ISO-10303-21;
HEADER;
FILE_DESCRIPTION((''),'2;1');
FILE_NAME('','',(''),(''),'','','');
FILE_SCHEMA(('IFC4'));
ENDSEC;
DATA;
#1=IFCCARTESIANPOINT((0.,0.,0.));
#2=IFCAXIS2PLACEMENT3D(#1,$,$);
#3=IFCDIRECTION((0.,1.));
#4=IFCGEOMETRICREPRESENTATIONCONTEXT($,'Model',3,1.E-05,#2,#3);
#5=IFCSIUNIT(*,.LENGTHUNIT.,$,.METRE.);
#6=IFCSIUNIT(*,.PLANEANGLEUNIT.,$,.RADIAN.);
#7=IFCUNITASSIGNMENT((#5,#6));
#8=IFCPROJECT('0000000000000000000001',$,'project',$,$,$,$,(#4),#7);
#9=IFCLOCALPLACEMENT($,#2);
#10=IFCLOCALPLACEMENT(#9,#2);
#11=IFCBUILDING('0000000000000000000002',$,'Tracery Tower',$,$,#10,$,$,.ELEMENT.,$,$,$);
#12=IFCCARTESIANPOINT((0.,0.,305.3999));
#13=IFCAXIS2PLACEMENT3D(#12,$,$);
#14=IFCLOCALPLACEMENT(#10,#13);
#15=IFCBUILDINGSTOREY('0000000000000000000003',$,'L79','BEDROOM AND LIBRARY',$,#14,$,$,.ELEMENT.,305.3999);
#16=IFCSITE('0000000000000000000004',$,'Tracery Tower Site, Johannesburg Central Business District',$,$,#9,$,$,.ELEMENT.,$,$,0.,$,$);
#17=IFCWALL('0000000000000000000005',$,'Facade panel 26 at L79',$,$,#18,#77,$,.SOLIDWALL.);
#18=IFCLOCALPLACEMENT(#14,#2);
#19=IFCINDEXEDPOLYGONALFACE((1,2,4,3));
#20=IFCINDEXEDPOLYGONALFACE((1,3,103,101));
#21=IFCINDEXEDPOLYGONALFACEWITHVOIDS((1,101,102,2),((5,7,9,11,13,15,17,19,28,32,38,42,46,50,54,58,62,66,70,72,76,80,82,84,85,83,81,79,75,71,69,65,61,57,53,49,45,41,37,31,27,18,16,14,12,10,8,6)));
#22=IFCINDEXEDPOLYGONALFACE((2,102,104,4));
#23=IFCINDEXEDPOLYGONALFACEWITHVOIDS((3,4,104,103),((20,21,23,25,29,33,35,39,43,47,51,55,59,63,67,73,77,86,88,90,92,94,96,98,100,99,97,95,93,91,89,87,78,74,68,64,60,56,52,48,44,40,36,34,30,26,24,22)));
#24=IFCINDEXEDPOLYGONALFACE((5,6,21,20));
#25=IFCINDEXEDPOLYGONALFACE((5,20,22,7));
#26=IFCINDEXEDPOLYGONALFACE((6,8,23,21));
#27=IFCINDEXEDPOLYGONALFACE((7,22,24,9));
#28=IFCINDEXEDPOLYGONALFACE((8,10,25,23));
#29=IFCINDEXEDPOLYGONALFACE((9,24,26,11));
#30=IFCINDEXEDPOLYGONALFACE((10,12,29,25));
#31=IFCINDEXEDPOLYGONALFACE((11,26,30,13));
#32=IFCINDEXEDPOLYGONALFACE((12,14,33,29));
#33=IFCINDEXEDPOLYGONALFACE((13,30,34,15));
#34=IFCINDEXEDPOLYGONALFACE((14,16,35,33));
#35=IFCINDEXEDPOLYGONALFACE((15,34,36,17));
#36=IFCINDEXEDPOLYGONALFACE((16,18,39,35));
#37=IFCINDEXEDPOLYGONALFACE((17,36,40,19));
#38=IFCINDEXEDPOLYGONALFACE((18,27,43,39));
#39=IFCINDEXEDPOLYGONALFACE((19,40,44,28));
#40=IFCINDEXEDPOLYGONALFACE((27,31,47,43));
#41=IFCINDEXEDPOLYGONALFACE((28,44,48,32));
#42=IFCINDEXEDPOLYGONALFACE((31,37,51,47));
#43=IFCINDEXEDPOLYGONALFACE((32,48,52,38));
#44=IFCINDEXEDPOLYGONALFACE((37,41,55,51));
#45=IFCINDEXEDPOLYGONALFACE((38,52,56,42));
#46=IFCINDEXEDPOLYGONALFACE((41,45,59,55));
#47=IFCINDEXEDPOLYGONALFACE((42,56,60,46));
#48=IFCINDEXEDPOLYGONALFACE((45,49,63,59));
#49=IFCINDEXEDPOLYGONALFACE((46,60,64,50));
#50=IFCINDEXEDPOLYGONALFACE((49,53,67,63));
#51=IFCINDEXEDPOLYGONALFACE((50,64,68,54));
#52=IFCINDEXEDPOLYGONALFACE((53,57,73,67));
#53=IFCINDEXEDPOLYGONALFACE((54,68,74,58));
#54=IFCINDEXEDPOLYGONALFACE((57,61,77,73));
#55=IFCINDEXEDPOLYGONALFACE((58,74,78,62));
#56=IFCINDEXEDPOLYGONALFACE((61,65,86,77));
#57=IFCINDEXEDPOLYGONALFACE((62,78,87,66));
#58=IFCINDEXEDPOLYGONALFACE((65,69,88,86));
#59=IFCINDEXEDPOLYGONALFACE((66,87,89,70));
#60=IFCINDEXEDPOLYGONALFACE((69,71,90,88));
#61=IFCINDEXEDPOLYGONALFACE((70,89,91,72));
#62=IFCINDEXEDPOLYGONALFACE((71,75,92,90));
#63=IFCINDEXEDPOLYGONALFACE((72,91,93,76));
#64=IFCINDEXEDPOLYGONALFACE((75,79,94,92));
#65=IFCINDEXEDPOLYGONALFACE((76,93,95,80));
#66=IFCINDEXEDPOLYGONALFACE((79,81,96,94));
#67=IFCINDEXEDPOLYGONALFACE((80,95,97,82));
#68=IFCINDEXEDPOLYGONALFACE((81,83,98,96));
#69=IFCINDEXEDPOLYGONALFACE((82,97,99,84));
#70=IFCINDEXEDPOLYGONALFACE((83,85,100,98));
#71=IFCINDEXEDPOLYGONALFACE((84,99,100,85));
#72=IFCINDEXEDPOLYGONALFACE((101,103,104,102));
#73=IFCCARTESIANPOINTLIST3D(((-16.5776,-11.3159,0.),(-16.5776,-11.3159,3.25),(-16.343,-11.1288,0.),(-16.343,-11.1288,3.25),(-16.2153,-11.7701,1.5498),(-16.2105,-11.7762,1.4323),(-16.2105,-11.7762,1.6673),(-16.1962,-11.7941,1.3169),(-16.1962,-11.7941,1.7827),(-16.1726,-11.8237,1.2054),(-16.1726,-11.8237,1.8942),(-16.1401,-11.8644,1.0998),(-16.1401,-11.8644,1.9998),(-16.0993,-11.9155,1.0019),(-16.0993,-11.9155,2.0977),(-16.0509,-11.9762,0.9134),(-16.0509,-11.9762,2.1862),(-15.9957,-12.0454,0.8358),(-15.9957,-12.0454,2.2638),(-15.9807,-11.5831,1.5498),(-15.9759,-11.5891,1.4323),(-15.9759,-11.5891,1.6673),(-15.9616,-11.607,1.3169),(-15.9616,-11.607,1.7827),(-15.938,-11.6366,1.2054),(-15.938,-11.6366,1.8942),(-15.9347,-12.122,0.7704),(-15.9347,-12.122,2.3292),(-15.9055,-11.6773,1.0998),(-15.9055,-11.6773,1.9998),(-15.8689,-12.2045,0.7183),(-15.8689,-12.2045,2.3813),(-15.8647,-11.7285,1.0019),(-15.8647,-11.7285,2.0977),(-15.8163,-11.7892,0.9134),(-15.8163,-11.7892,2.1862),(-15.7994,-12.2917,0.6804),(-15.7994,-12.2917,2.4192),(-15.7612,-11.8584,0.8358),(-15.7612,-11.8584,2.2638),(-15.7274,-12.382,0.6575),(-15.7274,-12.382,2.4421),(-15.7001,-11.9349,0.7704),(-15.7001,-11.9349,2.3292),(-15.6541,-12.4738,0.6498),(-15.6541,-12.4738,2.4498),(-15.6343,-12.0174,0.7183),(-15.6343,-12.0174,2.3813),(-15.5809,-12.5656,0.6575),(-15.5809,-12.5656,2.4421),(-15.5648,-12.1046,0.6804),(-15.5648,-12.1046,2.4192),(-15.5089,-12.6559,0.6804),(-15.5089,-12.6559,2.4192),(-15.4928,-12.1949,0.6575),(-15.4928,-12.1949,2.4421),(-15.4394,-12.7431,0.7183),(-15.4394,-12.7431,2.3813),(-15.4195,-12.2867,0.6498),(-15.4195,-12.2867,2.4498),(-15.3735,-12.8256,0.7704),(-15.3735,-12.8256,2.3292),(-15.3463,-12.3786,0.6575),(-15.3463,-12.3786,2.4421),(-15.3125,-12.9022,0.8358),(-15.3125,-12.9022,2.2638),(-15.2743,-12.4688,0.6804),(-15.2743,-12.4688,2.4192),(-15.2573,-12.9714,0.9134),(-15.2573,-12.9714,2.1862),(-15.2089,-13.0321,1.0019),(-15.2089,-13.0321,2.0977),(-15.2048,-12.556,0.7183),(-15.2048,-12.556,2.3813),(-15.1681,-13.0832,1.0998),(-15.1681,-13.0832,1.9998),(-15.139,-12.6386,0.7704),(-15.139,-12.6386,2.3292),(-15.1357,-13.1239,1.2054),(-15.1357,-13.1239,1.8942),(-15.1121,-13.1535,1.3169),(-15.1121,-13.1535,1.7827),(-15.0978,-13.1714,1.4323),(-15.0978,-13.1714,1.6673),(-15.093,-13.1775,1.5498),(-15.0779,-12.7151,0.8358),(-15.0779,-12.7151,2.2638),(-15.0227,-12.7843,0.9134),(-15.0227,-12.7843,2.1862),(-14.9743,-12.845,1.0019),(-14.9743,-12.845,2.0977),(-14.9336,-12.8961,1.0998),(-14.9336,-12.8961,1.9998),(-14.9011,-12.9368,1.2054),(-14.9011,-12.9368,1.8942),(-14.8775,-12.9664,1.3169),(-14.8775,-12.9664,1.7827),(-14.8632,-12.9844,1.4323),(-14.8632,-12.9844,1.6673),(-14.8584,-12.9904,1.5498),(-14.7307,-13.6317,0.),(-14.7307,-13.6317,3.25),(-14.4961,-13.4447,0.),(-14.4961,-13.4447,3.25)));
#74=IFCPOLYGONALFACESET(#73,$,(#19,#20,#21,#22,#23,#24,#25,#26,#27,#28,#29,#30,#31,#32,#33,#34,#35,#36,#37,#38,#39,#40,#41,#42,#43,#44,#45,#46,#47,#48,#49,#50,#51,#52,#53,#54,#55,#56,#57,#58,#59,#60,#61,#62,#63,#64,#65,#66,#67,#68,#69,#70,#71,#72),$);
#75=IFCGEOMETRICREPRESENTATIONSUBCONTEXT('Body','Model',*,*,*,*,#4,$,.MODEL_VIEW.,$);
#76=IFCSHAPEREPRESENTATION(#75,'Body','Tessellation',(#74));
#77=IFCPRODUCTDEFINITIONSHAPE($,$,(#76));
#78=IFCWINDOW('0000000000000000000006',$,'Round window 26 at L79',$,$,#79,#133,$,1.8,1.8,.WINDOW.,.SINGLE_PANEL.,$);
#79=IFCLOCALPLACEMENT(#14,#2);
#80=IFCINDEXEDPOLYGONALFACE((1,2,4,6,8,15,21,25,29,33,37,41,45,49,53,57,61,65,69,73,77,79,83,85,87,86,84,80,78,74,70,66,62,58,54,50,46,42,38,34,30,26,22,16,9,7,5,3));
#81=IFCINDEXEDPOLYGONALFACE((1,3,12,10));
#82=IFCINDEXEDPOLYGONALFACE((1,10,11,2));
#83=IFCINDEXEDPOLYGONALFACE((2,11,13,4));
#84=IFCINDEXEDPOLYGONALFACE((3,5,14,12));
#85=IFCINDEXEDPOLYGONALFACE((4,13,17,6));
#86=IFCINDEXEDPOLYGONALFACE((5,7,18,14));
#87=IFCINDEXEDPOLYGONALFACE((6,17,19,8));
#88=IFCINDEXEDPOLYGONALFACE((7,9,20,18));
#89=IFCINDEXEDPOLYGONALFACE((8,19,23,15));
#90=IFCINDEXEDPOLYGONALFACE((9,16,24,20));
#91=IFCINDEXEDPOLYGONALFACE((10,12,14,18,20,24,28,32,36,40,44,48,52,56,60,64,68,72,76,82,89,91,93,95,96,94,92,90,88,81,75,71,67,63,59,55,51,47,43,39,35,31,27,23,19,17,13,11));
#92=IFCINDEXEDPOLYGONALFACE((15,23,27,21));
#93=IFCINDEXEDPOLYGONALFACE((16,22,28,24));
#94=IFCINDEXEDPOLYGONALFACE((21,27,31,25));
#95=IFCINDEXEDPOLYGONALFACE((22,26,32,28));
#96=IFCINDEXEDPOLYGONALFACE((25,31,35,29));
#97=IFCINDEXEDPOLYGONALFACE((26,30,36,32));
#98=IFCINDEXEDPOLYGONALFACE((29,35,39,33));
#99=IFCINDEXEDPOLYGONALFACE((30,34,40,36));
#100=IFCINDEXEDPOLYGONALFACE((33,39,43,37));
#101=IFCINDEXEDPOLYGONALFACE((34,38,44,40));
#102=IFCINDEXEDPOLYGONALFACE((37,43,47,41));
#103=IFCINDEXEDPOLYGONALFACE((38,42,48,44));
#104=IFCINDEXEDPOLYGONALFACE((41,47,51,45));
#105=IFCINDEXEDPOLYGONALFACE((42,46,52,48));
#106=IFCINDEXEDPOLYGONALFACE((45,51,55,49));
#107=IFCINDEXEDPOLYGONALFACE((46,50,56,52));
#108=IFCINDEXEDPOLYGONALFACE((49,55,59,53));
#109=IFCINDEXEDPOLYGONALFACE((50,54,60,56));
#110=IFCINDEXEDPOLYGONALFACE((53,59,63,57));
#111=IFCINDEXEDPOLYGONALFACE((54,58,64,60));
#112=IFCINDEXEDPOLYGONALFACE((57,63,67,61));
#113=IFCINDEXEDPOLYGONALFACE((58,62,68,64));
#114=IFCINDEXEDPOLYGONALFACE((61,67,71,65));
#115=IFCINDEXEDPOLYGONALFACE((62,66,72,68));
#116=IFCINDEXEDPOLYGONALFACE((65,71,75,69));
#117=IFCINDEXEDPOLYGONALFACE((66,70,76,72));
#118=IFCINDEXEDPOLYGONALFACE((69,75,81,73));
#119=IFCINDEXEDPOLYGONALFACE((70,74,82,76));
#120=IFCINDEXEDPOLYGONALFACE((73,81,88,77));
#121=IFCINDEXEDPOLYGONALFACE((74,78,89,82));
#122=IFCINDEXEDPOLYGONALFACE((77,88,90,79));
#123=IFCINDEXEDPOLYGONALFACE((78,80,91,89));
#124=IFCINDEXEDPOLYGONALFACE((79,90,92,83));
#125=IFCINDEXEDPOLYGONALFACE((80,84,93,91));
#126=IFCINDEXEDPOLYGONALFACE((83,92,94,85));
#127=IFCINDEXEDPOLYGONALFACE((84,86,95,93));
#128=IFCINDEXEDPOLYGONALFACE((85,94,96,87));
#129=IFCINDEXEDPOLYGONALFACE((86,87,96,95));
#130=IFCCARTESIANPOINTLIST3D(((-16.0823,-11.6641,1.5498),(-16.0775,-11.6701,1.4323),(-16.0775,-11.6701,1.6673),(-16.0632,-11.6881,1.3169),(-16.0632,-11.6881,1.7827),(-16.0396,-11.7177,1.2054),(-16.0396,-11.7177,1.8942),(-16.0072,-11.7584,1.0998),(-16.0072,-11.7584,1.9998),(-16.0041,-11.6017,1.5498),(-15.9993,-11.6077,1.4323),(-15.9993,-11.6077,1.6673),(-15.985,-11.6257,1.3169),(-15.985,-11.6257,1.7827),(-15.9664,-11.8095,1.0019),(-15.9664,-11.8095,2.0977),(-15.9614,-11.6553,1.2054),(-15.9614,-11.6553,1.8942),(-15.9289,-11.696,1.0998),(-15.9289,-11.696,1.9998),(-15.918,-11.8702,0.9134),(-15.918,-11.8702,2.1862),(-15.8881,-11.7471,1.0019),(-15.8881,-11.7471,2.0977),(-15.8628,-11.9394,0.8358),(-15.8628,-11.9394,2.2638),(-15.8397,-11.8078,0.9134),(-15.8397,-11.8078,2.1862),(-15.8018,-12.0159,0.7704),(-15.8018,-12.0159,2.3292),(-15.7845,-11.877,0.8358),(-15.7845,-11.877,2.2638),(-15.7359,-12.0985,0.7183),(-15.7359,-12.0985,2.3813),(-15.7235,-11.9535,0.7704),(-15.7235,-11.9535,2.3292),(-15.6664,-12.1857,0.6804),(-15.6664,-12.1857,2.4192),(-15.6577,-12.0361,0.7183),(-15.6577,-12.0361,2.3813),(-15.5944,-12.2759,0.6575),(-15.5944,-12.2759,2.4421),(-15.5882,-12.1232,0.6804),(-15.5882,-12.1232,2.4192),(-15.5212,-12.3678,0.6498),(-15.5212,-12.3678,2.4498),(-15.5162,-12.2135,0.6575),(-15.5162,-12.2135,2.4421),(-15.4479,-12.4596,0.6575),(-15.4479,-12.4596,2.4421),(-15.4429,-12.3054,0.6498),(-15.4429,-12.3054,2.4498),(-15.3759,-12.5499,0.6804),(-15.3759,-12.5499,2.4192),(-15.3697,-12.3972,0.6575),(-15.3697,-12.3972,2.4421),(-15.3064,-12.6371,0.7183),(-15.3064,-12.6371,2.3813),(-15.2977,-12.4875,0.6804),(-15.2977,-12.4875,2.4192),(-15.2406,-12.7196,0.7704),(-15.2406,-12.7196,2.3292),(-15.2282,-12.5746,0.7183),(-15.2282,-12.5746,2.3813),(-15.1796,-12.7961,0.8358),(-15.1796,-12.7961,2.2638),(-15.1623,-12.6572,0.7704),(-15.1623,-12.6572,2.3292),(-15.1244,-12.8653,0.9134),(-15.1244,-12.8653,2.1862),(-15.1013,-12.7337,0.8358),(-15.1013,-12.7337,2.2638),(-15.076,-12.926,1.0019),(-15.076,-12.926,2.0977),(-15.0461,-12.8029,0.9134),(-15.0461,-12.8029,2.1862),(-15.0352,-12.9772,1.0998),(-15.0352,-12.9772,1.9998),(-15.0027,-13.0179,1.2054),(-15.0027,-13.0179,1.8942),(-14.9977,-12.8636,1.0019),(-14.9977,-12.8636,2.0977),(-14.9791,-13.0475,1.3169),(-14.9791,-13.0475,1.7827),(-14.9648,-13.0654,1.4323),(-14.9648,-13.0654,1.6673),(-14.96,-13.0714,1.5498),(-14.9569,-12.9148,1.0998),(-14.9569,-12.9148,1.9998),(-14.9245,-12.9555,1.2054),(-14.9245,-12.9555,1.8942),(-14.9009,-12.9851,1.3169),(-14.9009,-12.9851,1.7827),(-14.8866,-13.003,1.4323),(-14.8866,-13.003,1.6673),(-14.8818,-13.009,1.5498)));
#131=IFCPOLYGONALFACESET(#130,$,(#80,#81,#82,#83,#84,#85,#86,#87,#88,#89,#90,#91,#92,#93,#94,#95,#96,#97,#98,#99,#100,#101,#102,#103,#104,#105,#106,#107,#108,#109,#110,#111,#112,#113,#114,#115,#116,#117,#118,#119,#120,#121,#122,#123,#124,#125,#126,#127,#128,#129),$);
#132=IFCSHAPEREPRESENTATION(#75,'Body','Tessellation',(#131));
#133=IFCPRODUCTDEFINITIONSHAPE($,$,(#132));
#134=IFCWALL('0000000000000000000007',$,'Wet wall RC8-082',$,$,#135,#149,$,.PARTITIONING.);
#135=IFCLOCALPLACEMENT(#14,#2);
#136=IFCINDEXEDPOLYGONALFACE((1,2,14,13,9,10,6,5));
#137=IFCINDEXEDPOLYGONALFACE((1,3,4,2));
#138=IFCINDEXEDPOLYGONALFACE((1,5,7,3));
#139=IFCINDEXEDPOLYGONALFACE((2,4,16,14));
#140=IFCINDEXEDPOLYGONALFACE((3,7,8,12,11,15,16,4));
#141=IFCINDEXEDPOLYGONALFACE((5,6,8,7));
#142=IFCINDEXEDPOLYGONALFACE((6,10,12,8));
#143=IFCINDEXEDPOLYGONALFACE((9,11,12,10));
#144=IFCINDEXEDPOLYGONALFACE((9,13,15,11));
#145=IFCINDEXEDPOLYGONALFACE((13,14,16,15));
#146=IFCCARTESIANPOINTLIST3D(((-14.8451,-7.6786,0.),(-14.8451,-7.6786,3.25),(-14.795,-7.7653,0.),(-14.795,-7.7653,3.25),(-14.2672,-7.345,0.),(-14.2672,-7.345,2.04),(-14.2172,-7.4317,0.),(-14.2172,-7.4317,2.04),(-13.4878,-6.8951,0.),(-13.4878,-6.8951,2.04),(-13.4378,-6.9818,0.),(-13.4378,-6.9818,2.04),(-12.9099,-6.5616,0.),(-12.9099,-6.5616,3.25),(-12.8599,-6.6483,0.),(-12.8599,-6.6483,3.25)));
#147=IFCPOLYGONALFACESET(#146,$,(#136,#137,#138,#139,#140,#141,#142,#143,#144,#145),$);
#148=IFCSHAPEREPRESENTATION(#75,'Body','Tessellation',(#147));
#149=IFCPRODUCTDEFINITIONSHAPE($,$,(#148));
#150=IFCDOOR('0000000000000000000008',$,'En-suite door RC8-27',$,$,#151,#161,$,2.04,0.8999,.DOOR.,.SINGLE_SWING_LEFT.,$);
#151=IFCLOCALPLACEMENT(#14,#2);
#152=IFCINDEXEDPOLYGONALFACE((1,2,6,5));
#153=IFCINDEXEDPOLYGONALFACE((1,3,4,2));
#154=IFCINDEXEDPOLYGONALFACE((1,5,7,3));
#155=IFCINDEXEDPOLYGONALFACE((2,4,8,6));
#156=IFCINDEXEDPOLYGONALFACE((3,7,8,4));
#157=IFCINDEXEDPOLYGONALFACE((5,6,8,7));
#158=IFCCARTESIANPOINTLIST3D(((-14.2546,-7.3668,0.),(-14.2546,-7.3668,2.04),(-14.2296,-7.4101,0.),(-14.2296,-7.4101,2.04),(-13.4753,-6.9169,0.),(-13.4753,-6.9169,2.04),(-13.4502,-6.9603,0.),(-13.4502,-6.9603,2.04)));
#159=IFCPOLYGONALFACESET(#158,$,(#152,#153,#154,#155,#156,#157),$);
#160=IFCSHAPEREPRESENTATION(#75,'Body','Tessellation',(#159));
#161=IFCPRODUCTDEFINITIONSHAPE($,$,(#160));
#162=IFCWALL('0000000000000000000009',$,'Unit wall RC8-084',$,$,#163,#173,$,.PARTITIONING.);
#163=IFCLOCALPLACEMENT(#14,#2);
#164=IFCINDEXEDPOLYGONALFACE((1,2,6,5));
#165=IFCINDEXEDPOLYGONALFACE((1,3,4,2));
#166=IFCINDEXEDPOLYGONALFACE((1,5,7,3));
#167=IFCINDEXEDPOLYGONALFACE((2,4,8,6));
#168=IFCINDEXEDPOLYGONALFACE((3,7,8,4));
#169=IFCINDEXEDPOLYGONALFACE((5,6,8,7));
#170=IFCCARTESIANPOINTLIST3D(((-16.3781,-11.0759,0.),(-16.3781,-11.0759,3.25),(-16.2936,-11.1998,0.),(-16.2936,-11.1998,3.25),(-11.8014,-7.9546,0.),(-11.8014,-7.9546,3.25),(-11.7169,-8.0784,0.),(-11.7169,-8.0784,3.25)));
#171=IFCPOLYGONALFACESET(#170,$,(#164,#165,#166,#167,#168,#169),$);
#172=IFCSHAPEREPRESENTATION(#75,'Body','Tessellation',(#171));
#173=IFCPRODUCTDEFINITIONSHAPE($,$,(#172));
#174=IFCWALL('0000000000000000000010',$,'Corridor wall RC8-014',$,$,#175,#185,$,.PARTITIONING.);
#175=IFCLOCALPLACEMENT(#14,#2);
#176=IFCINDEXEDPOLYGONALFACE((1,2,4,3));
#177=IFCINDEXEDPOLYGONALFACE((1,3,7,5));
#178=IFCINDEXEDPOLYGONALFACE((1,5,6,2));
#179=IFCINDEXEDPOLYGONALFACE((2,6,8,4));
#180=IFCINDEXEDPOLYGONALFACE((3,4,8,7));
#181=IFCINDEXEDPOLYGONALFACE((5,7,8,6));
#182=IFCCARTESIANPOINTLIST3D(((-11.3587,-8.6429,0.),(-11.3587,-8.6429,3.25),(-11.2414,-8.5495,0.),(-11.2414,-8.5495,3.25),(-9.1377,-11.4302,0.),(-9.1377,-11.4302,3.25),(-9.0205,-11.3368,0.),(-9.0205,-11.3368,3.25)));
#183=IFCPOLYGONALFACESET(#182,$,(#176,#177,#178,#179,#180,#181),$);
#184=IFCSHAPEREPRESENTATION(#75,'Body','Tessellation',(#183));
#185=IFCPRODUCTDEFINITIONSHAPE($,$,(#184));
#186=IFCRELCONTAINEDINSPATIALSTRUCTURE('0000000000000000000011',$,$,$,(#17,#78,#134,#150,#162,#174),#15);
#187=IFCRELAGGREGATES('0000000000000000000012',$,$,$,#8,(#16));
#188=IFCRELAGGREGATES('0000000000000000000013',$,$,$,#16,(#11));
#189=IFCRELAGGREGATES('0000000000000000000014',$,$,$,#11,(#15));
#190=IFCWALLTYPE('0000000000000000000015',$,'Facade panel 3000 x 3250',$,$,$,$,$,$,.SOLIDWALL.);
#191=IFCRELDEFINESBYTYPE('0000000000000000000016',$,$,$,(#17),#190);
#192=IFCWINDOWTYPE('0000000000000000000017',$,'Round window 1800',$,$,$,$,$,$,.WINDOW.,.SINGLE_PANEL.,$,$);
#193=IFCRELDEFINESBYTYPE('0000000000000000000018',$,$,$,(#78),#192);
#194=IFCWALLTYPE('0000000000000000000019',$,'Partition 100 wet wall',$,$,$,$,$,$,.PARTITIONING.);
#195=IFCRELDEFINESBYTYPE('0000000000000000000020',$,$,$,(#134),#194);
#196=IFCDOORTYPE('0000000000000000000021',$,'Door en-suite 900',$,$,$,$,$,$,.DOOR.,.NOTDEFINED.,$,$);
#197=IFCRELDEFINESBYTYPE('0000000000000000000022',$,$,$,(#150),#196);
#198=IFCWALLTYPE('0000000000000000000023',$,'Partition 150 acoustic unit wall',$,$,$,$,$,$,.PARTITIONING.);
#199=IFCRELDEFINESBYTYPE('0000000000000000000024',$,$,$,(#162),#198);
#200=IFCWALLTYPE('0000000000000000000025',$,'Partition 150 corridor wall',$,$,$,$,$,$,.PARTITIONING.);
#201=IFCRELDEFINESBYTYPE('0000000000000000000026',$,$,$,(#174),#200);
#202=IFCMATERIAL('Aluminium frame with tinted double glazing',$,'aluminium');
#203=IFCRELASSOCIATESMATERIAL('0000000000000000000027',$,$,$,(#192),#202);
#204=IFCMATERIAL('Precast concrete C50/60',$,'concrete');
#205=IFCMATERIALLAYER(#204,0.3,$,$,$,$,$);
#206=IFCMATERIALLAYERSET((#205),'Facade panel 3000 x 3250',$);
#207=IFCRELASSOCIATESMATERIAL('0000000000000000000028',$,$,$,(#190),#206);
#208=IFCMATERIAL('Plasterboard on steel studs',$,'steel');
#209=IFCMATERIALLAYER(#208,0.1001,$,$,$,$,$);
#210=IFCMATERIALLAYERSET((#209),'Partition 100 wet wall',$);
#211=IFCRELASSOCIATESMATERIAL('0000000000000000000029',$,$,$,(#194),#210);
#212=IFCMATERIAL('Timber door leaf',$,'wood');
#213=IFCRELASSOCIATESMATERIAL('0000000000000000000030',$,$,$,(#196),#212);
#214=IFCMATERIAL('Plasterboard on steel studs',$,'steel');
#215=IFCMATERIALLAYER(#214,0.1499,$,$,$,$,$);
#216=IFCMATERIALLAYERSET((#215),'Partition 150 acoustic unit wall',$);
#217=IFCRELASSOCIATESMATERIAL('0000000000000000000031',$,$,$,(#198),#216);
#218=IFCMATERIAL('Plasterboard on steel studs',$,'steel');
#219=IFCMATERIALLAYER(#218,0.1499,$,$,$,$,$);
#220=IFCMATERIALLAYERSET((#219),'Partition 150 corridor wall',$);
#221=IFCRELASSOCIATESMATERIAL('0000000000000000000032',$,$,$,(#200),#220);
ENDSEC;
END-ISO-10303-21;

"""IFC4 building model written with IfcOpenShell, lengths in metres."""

from ifc_helpers import new_model, si_unit, direction, frame, frame_2d, origin, origin_2d, place, context, subcontext, project, spatial, rectangle, circle, extrude, material, layer, layer_set, type_object, element, fill, save


model = new_model("IFC4")

# Units and contexts
model_context = context("Model", 3, precision=1e-05, world=origin(), true_north=direction((0.0, 1.0)))
body_context = subcontext(model_context, "Body", "Model", "MODEL_VIEW")
ifc_project = project(units=[si_unit("LENGTHUNIT", "METRE"), si_unit("PLANEANGLEUNIT", "RADIAN")], contexts=[model_context])

# Site, building, storey
site_placement = place(None, origin())
site = spatial("IfcSite", under=ifc_project, at=site_placement, Name="Tracery Tower Site, Johannesburg Central Business District", CompositionType="ELEMENT", RefElevation=0.0)
building_placement = place(site_placement, origin())
building = spatial("IfcBuilding", under=site, at=building_placement, Name="Tracery Tower", CompositionType="ELEMENT")
storey_placement = place(building_placement, frame((0.0, 0.0, 305.3999)))
storey = spatial("IfcBuildingStorey", under=building, at=storey_placement, Name="L79", Description="BEDROOM AND LIBRARY", CompositionType="ELEMENT", Elevation=305.3999)

# Wall, opening, window
ifc_material_1 = material(Name="Aluminium frame with tinted double glazing", Category="aluminium")
window_type = type_object("IfcWindowType", Name="Round window 1800", PartitioningType="SINGLE_PANEL", PredefinedType="WINDOW", material=ifc_material_1)
ifc_material_2 = material(Name="Precast concrete C50/60", Category="concrete")
ifc_layer_1 = layer(ifc_material_2, 0.3)
ifc_layer_set_1 = layer_set([ifc_layer_1], Name="Facade panel 3000 x 3250")
wall_type_1 = type_object("IfcWallType", Name="Facade panel 3000 x 3250", PredefinedType="SOLIDWALL", material=ifc_layer_set_1)
wall_1_placement = place(storey_placement, frame((-16.4602, -11.2224, 0.0), z_axis=(0.0, 0.0, 1.0), x_axis=(0.623498, -0.781825, 0.0)))
wall_1 = element("IfcWall", 1, at=wall_1_placement, inside=storey, type_object=wall_type_1, Name="Facade panel 26 at L79", PredefinedType="SOLIDWALL", context=body_context, shape_type="SweptSolid", body=[
    extrude(rectangle(XDim=2.9622, YDim=0.3, at=frame_2d((1.481, 0.0))), origin(), (0.0, 0.0, 1.0), 3.25),
])
opening_1_placement = place(wall_1_placement, frame((1.481, 0.0, 1.5498)))
opening_1 = element("IfcOpeningElement", 2, at=opening_1_placement, cuts=wall_1, PredefinedType="OPENING", context=body_context, shape_type="SweptSolid", body=[
    extrude(circle(Radius=0.9, at=origin_2d()), frame((0.0, 0.1599, 0.0), z_axis=(0.0, -1.0, 0.0), x_axis=(1.0, 0.0, 0.0)), (0.0, 0.0, 1.0), 0.3201),
])
window_1_placement = place(opening_1_placement, origin())
window_1 = element("IfcWindow", 3, at=window_1_placement, inside=storey, type_object=window_type, Name="Round window 26 at L79", OverallHeight=1.8, OverallWidth=1.8, PartitioningType="SINGLE_PANEL", PredefinedType="WINDOW", context=body_context, shape_type="SweptSolid", body=[
    extrude(circle(Radius=0.9, at=origin_2d()), frame((0.0, 0.1201, 0.0), z_axis=(0.0, -1.0, 0.0), x_axis=(1.0, 0.0, 0.0)), (0.0, 0.0, 1.0), 0.1001),
])
fill(opening_1, window_1)

# Wall, opening, door
ifc_material_3 = material(Name="Plasterboard on steel studs", Category="steel")
ifc_layer_2 = layer(ifc_material_3, 0.1001)
ifc_layer_set_2 = layer_set([ifc_layer_2], Name="Partition 100 wet wall")
wall_type_2 = type_object("IfcWallType", Name="Partition 100 wet wall", PredefinedType="PARTITIONING", material=ifc_layer_set_2)
wall_2_placement = place(storey_placement, frame((-14.8201, -7.7219, 0.0), z_axis=(0.0, 0.0, 1.0), x_axis=(0.866076, 0.499912, 0.0)))
wall_2 = element("IfcWall", 4, at=wall_2_placement, inside=storey, type_object=wall_type_2, Name="Wet wall RC8-082", PredefinedType="PARTITIONING", context=body_context, shape_type="SweptSolid", body=[
    extrude(rectangle(XDim=2.2344, YDim=0.1001, at=frame_2d((1.1172, 0.0))), origin(), (0.0, 0.0, 1.0), 3.25),
])
opening_2_placement = place(wall_2_placement, frame((0.6672, 0.0, 0.0)))
opening_2 = element("IfcOpeningElement", 5, at=opening_2_placement, cuts=wall_2, PredefinedType="OPENING", context=body_context, shape_type="SweptSolid", body=[
    extrude(rectangle(XDim=0.8999, YDim=2.04, at=frame_2d((0.45, 1.02))), frame((0.0, 0.05, 0.0), z_axis=(0.0, -1.0, 0.0), x_axis=(1.0, 0.0, 0.0)), (0.0, 0.0, 1.0), 0.1001),
])
ifc_material_4 = material(Name="Timber door leaf", Category="wood")
door_type = type_object("IfcDoorType", Name="Door en-suite 900", OperationType="NOTDEFINED", PredefinedType="DOOR", material=ifc_material_4)
door_placement = place(opening_2_placement, origin())
door = element("IfcDoor", 6, at=door_placement, inside=storey, type_object=door_type, Name="En-suite door RC8-27", OperationType="SINGLE_SWING_LEFT", OverallHeight=2.04, OverallWidth=0.8999, PredefinedType="DOOR", context=body_context, shape_type="SweptSolid", body=[
    extrude(rectangle(XDim=0.8999, YDim=2.04, at=frame_2d((0.45, 1.02))), frame((0.0, 0.0249, 0.0), z_axis=(0.0, -1.0, 0.0), x_axis=(1.0, 0.0, 0.0)), (0.0, 0.0, 1.0), 0.05),
])
fill(opening_2, door)

# Walls
ifc_material_5 = material(Name="Plasterboard on steel studs", Category="steel")
ifc_layer_3 = layer(ifc_material_5, 0.1499)
ifc_layer_set_3 = layer_set([ifc_layer_3], Name="Partition 150 acoustic unit wall")
wall_type_3 = type_object("IfcWallType", Name="Partition 150 acoustic unit wall", PredefinedType="PARTITIONING", material=ifc_layer_set_3)
wall_3_placement = place(storey_placement, frame((-16.3359, -11.1379, 0.0), z_axis=(0.0, 0.0, 1.0), x_axis=(0.826153, 0.563446, 0.0)))
element("IfcWall", 7, at=wall_3_placement, inside=storey, type_object=wall_type_3, Name="Unit wall RC8-084", PredefinedType="PARTITIONING", context=body_context, shape_type="SweptSolid", body=[
    extrude(rectangle(XDim=5.5398, YDim=0.1499, at=frame_2d((2.77, 0.0))), origin(), (0.0, 0.0, 1.0), 3.25),
])
ifc_material_6 = material(Name="Plasterboard on steel studs", Category="steel")
ifc_layer_4 = layer(ifc_material_6, 0.1499)
ifc_layer_set_4 = layer_set([ifc_layer_4], Name="Partition 150 corridor wall")
wall_type_4 = type_object("IfcWallType", Name="Partition 150 corridor wall", PredefinedType="PARTITIONING", material=ifc_layer_set_4)
wall_4_placement = place(storey_placement, frame((-11.3, -8.5962, 0.0), z_axis=(0.0, 0.0, 1.0), x_axis=(0.623165, -0.78209, 0.0)))
element("IfcWall", 8, at=wall_4_placement, inside=storey, type_object=wall_type_4, Name="Corridor wall RC8-014", PredefinedType="PARTITIONING", context=body_context, shape_type="SweptSolid", body=[
    extrude(rectangle(XDim=3.564, YDim=0.1499, at=frame_2d((1.782, 0.0))), origin(), (0.0, 0.0, 1.0), 3.25),
])

save(model, "model.ifc")
